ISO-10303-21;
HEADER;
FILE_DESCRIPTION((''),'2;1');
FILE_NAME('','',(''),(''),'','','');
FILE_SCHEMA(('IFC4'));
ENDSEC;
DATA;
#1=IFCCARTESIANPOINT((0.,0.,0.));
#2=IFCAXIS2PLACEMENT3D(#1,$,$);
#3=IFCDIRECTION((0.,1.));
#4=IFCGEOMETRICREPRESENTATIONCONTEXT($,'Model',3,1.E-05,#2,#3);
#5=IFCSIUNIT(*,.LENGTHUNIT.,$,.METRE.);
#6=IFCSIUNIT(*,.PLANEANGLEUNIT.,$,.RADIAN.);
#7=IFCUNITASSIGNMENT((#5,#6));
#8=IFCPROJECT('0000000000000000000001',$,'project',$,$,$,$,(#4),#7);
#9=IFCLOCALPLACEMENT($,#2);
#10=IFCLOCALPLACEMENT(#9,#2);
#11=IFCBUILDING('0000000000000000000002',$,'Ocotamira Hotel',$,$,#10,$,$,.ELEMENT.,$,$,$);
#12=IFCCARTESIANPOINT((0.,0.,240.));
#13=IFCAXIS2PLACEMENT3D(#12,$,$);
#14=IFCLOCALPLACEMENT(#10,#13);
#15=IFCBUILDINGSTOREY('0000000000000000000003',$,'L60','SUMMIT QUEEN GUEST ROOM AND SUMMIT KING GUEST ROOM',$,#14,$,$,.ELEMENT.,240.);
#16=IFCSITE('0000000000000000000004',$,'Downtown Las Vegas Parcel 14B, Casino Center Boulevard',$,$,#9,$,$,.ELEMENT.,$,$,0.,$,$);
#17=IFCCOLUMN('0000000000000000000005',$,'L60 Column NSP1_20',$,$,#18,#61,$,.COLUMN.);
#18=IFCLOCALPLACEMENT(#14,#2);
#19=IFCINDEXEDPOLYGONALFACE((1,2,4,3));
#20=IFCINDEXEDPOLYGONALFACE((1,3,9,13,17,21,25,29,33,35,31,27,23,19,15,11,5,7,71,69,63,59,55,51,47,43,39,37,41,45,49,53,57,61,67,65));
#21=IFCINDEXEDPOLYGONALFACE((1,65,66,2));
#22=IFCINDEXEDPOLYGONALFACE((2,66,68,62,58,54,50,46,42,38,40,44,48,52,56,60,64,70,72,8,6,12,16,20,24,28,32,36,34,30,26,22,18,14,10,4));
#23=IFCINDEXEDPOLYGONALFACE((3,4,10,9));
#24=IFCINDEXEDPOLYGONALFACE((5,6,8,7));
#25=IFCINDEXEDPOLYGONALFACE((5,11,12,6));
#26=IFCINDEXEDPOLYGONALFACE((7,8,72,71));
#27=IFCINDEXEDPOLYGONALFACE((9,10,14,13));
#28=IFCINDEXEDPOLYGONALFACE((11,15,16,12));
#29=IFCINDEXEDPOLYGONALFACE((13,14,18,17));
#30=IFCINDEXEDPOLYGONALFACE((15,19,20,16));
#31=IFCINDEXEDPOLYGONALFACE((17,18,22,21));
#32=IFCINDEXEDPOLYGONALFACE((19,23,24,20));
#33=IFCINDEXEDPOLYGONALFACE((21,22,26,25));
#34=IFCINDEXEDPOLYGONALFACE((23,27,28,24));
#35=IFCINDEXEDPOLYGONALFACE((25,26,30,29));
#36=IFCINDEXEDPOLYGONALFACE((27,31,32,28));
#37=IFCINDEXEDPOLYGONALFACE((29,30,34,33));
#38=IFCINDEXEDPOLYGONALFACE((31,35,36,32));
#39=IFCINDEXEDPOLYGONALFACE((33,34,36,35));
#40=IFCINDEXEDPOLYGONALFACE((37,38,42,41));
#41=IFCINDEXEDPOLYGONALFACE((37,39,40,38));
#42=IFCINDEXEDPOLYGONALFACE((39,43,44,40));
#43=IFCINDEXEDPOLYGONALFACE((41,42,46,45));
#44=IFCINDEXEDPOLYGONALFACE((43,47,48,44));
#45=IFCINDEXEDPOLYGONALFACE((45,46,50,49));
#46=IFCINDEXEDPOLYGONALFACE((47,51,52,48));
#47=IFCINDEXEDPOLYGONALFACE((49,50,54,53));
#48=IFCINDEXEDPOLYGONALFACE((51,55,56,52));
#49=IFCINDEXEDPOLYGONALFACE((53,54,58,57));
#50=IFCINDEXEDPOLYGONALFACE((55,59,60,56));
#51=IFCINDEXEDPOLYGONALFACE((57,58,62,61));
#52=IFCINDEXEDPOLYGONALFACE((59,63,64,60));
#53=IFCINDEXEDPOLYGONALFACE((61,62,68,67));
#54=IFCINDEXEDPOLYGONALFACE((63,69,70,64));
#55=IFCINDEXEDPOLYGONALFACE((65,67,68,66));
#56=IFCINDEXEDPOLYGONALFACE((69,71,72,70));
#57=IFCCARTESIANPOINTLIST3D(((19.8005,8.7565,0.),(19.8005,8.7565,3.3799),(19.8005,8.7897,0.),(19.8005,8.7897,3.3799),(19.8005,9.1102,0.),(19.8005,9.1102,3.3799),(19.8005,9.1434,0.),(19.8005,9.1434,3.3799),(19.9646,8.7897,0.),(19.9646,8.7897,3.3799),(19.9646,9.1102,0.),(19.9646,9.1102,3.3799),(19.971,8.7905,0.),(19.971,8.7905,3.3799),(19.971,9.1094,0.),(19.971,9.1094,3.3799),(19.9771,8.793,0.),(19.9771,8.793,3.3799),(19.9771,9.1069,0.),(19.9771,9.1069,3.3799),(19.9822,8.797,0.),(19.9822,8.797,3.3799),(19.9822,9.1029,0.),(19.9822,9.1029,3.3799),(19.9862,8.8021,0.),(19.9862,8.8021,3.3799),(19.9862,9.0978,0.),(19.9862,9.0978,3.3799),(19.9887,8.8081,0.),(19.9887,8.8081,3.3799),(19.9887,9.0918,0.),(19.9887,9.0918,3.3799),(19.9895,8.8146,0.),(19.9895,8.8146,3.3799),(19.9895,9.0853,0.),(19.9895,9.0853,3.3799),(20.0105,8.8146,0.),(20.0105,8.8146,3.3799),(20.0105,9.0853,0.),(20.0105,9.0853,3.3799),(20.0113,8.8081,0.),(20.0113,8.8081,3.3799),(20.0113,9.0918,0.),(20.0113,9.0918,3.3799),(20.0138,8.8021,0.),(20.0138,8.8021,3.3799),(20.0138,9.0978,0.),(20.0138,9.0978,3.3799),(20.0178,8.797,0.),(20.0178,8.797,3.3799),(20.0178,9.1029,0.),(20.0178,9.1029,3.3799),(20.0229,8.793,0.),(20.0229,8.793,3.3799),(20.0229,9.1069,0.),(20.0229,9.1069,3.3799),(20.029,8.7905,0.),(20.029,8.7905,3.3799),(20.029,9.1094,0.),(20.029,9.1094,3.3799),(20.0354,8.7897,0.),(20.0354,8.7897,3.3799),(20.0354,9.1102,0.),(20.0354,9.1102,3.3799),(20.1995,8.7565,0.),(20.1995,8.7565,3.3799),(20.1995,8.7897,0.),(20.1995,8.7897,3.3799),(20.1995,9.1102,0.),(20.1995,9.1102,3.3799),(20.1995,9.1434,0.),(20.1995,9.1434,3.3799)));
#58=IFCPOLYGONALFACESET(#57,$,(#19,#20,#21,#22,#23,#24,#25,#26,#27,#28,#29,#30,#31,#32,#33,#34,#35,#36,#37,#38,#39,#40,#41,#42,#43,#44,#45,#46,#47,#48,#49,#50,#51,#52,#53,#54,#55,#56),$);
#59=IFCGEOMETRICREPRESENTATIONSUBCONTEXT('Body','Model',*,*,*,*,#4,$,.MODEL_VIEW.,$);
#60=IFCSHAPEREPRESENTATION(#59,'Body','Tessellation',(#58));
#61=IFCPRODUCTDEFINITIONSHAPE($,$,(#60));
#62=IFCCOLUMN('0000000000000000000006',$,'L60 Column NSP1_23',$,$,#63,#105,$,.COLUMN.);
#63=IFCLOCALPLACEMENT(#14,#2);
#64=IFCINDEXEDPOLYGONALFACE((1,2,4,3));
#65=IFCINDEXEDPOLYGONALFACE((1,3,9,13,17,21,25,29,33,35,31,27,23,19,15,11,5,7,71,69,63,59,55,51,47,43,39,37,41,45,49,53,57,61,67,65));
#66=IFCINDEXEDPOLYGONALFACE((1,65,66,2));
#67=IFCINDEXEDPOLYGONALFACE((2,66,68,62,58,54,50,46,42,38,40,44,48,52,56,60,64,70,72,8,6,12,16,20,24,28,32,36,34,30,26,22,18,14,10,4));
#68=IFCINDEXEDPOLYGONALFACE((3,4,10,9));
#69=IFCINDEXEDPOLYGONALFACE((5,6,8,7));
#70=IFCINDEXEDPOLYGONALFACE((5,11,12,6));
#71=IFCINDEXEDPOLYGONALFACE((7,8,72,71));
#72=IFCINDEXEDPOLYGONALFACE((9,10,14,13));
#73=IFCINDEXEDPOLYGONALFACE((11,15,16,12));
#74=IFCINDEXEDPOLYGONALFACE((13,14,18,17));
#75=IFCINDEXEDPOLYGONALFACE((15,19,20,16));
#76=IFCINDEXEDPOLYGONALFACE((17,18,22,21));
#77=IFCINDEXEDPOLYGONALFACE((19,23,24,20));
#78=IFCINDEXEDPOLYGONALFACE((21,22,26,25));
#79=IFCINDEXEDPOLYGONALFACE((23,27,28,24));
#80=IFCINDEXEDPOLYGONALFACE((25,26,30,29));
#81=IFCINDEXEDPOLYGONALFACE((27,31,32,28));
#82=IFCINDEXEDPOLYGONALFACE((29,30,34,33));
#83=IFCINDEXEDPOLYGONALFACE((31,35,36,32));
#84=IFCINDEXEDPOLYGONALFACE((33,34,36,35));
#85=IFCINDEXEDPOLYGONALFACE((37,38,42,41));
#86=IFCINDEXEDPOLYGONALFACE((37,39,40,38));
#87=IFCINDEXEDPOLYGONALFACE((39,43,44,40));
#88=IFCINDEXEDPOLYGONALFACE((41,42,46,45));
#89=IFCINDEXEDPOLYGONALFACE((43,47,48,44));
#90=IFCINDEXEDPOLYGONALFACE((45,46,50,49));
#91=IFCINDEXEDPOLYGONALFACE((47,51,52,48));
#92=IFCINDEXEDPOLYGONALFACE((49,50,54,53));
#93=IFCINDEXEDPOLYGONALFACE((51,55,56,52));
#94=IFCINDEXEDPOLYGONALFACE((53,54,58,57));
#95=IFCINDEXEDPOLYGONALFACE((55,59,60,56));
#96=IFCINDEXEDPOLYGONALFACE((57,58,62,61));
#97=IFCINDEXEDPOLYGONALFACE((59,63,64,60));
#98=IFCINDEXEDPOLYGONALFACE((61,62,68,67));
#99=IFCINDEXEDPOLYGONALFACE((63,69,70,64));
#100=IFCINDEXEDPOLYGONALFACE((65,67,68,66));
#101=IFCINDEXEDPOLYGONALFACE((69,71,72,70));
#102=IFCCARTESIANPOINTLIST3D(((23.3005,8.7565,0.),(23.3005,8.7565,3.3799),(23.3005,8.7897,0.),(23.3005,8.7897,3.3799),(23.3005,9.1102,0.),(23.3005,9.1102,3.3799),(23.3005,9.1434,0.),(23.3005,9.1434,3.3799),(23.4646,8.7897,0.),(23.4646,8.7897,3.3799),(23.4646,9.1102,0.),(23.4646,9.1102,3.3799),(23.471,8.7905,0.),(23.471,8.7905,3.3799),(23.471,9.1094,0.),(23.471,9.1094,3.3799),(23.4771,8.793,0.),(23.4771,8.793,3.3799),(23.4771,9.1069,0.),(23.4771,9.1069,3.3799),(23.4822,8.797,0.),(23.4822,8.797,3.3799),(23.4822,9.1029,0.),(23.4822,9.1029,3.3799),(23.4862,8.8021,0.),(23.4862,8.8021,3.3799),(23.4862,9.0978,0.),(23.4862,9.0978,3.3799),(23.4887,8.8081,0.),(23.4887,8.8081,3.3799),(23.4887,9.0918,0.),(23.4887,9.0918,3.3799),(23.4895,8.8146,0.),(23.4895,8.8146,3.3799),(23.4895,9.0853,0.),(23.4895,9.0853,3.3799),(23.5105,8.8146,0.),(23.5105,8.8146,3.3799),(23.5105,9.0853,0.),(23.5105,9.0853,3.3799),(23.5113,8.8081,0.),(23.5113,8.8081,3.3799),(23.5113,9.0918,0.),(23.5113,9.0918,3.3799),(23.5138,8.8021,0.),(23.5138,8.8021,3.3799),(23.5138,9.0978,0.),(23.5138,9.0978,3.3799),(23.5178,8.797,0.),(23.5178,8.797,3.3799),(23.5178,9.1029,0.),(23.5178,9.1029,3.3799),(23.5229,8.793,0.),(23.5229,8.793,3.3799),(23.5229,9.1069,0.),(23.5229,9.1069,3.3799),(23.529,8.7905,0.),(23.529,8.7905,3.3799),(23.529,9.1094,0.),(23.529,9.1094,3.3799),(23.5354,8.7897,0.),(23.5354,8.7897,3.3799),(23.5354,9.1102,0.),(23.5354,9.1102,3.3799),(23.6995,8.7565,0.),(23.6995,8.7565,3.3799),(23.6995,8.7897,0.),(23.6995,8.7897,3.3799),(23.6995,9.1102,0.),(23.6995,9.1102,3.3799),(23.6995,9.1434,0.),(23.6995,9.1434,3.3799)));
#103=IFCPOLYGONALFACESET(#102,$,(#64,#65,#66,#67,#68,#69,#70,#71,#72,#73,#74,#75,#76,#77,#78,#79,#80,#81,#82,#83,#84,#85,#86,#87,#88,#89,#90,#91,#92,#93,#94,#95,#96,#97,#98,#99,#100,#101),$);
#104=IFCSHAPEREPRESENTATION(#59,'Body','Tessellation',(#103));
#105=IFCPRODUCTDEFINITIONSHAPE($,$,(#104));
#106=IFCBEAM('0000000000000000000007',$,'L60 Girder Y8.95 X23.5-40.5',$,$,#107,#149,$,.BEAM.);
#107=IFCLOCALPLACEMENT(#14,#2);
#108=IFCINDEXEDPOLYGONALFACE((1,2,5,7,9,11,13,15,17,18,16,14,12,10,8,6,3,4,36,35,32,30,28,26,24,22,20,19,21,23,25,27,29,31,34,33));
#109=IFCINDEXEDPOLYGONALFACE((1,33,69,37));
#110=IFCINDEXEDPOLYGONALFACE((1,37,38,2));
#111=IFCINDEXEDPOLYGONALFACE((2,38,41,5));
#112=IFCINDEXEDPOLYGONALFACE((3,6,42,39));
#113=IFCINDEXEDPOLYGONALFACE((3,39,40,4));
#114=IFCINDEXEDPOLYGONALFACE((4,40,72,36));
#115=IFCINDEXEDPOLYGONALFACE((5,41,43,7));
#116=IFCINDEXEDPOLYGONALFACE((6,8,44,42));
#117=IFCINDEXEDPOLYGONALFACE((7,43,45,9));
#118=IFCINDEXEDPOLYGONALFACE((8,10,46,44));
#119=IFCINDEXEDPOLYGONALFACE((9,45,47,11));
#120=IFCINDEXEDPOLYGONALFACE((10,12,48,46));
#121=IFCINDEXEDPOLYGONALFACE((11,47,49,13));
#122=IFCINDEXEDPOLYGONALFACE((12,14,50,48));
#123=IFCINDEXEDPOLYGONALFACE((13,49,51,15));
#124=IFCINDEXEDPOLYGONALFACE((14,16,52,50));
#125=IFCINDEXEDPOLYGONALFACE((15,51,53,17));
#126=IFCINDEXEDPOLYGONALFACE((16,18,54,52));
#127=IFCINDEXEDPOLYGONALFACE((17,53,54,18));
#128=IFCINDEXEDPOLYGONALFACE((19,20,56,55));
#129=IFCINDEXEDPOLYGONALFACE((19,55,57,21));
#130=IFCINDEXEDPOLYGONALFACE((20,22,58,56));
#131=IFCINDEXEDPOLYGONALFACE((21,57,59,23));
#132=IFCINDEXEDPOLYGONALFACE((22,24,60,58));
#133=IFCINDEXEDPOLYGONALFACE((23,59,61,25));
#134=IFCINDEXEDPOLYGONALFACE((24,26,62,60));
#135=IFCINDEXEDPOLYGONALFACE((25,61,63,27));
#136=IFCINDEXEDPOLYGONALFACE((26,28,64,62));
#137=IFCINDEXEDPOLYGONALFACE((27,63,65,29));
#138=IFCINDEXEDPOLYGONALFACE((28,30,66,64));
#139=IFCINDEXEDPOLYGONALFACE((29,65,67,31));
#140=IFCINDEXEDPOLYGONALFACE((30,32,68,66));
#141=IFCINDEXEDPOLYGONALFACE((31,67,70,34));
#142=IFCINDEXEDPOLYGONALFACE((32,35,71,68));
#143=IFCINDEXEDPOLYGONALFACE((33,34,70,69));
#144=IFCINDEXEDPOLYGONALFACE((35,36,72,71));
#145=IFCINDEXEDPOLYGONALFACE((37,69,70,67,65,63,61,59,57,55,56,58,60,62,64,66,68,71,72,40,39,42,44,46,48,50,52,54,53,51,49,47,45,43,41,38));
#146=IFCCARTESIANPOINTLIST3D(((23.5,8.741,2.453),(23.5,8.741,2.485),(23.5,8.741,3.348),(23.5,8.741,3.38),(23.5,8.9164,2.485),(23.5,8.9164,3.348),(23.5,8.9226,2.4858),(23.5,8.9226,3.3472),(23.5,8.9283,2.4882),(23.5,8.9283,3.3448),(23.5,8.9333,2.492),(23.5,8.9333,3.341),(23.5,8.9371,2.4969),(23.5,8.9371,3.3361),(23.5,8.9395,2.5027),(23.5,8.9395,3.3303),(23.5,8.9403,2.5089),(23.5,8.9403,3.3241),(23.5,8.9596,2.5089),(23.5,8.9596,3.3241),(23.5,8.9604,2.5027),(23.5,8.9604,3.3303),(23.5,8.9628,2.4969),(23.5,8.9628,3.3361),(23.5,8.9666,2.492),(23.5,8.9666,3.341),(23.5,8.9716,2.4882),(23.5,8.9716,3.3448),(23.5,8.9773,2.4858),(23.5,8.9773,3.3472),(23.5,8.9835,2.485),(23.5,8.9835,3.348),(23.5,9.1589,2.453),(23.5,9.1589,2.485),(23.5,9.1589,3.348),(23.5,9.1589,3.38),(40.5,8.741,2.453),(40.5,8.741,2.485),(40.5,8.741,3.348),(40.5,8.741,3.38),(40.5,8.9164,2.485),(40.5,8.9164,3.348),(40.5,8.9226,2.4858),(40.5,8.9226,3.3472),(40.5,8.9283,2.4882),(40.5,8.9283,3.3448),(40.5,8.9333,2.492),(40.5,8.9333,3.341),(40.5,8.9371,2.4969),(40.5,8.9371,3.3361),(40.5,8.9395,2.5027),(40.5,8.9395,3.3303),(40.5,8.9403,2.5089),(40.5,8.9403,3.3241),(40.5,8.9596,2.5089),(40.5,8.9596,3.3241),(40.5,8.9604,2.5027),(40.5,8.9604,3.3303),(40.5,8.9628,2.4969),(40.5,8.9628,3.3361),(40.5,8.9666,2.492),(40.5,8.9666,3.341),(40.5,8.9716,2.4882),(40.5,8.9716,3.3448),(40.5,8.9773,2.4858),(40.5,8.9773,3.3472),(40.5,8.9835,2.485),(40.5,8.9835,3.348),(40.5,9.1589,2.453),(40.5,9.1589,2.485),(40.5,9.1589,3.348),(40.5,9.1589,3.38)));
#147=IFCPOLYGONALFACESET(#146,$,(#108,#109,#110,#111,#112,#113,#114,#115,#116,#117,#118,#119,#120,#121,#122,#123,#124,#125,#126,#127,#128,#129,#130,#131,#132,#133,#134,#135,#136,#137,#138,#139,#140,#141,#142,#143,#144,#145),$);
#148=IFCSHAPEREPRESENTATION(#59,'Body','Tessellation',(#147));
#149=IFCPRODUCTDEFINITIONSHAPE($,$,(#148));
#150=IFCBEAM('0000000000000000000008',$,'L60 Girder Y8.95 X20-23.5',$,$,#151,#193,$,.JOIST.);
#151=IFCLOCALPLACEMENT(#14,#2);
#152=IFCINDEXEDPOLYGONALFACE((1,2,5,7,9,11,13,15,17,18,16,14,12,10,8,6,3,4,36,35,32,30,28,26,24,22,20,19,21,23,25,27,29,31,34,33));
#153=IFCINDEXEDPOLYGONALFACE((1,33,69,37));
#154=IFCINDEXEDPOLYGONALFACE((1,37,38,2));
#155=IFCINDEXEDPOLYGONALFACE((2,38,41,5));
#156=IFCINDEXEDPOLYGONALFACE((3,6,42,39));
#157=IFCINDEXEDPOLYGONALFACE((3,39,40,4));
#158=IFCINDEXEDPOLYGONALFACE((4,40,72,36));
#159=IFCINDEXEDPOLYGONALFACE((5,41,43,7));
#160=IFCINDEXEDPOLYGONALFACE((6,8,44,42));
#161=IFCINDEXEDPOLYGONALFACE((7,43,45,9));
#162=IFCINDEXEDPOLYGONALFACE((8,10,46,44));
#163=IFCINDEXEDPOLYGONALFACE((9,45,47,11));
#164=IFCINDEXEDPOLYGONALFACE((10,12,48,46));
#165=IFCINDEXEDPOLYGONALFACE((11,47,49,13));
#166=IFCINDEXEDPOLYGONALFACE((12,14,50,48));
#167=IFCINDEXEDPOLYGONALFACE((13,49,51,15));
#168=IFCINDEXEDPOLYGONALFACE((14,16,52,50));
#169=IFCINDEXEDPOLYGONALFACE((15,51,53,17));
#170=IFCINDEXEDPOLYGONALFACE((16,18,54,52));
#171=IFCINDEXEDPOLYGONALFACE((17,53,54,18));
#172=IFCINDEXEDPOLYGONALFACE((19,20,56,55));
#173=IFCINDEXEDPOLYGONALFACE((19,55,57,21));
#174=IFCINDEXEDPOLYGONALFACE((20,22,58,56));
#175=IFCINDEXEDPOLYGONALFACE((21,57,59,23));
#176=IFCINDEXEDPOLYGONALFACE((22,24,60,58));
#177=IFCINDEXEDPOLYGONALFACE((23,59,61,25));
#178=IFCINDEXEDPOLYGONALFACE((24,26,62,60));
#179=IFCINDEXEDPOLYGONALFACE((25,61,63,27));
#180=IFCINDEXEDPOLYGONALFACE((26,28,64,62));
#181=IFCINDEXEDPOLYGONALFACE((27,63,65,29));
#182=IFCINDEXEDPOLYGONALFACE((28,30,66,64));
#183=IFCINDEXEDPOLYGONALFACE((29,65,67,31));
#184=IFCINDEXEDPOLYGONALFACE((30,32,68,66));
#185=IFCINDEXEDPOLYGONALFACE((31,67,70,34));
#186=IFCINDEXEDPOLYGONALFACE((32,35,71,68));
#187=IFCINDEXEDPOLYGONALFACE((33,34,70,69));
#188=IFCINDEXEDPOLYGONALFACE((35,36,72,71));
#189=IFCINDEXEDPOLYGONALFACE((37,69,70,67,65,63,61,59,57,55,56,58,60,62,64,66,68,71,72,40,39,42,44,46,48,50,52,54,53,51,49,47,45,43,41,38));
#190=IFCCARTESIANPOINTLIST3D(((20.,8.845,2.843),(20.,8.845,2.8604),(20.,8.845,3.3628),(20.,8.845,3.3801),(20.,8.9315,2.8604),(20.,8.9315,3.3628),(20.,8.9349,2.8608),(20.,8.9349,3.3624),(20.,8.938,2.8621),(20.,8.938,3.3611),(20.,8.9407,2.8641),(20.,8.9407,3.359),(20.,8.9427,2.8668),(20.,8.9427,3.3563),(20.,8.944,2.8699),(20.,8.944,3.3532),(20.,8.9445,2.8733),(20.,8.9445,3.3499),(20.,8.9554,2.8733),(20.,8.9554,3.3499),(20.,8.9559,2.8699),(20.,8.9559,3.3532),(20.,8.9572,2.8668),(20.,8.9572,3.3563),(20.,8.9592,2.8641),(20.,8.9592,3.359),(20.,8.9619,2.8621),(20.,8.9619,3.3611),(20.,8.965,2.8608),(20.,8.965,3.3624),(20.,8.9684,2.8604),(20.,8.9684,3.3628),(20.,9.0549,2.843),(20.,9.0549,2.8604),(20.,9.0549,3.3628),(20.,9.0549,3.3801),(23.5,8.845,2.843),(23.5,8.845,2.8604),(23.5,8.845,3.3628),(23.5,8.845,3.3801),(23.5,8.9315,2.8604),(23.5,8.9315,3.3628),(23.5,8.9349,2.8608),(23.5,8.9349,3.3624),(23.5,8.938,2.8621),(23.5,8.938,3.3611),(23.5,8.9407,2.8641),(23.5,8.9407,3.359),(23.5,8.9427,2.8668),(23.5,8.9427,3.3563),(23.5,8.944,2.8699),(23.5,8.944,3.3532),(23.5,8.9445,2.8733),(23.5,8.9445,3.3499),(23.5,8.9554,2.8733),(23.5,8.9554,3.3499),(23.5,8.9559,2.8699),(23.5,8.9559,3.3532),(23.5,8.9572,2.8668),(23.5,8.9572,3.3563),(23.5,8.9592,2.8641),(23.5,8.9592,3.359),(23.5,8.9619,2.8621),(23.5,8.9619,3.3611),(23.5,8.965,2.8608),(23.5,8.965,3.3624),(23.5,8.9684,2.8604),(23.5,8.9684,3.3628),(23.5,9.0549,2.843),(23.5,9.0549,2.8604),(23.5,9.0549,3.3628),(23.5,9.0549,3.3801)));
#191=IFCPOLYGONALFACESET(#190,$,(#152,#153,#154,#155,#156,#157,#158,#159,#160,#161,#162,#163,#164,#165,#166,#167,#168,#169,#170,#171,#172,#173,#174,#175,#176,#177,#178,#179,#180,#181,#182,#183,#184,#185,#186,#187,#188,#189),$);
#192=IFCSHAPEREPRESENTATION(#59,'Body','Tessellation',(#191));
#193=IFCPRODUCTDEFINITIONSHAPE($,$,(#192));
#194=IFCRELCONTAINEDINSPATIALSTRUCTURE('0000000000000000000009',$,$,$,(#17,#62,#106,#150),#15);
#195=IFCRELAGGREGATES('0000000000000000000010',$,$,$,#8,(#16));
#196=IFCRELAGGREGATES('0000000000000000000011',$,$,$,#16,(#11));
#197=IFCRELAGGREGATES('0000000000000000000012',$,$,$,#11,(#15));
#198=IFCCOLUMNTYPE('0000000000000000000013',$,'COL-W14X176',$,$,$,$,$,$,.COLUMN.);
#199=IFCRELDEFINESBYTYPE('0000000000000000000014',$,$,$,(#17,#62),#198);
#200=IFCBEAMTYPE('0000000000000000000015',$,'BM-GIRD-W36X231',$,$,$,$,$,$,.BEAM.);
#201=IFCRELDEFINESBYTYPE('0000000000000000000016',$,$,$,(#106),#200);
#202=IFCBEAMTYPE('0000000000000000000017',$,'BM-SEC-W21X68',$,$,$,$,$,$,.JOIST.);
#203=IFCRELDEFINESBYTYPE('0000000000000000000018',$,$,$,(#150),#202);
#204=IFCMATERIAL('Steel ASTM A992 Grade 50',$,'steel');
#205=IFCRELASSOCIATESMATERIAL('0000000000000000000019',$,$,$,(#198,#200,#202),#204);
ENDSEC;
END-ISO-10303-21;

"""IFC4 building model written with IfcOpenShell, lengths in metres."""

from ifc_helpers import new_model, si_unit, direction, frame, origin, origin_2d, place, context, subcontext, project, spatial, i_section, extrude, source, transform, mapped, material, material_profile, profile_set, type_object, element, save


model = new_model("IFC4")

# Units and contexts
model_context = context("Model", 3, precision=1e-05, world=origin(), true_north=direction((0.0, 1.0)))
body_context = subcontext(model_context, "Body", "Model", "MODEL_VIEW")
ifc_project = project(units=[si_unit("LENGTHUNIT", "METRE"), si_unit("PLANEANGLEUNIT", "RADIAN")], contexts=[model_context])

# Site, building, storey
site_placement = place(None, origin())
site = spatial("IfcSite", under=ifc_project, at=site_placement, Name="Downtown Las Vegas Parcel 14B, Casino Center Boulevard", CompositionType="ELEMENT", RefElevation=0.0)
building_placement = place(site_placement, origin())
building = spatial("IfcBuilding", under=site, at=building_placement, Name="Ocotamira Hotel", CompositionType="ELEMENT")
storey_placement = place(building_placement, frame((0.0, 0.0, 240.0)))
storey = spatial("IfcBuildingStorey", under=building, at=storey_placement, Name="L60", Description="SUMMIT QUEEN GUEST ROOM AND SUMMIT KING GUEST ROOM", CompositionType="ELEMENT", Elevation=240.0)

# Columns
ifc_material_1 = material(Name="Steel ASTM A992 Grade 50", Category="steel")
ifc_material_profile_1 = material_profile(ifc_material_1, i_section(OverallWidth=0.3989, OverallDepth=0.387, WebThickness=0.021, FlangeThickness=0.0332, FilletRadius=0.0249, at=origin_2d()), Name="W14X176")
ifc_profile_set_1 = profile_set([ifc_material_profile_1], Name="Steel ASTM A992 Grade 50")
column_type = type_object("IfcColumnType", Name="COL-W14X176", PredefinedType="COLUMN", material=ifc_profile_set_1)
shared_shape_1 = source(origin(), body_context, "Body", "SweptSolid", [
    extrude(i_section(OverallWidth=0.3989, OverallDepth=0.387, WebThickness=0.021, FlangeThickness=0.0332, FilletRadius=0.0249, at=origin_2d()), origin(), (0.0, 0.0, 1.0), 3.3799),
])
for number, where, z_axis, x_axis, name in (
    (1, (20.0, 8.95, 0.0), (0.0, 0.0, 1.0), (1.0, 0.0, 0.0), "L60 Column NSP1_20"),
    (2, (23.5, 8.95, 0.0), (0.0, 0.0, 1.0), (1.0, 0.0, 0.0), "L60 Column NSP1_23"),
):
    element("IfcColumn", number, at=place(storey_placement, frame(where, z_axis=z_axis, x_axis=x_axis)), inside=storey, type_object=column_type, Name=name, PredefinedType="COLUMN", context=body_context, shape_type="MappedRepresentation", body=[
        mapped(shared_shape_1, transform((0.0, 0.0, 0.0), scale=1.0)),
    ])

# Beams
ifc_material_profile_2 = material_profile(ifc_material_1, i_section(OverallWidth=0.418, OverallDepth=0.927, WebThickness=0.0193, FlangeThickness=0.032, FilletRadius=0.0239, at=origin_2d()), Name="W36X231")
ifc_profile_set_2 = profile_set([ifc_material_profile_2], Name="Steel ASTM A992 Grade 50")
beam_type_1 = type_object("IfcBeamType", Name="BM-GIRD-W36X231", PredefinedType="BEAM", material=ifc_profile_set_2)
shared_shape_2 = source(origin(), body_context, "Body", "SweptSolid", [
    extrude(i_section(OverallWidth=0.418, OverallDepth=0.927, WebThickness=0.0193, FlangeThickness=0.032, FilletRadius=0.0239, at=origin_2d()), origin(), (0.0, 0.0, 1.0), 17.0),
])
beam_1_placement = place(storey_placement, frame((23.5, 8.95, 2.9165), z_axis=(1.0, 0.0, 0.0), x_axis=(0.0, 1.0, 0.0)))
element("IfcBeam", 3, at=beam_1_placement, inside=storey, type_object=beam_type_1, Name="L60 Girder Y8.95 X23.5-40.5", PredefinedType="BEAM", context=body_context, shape_type="MappedRepresentation", body=[
    mapped(shared_shape_2, transform((0.0, 0.0, 0.0), scale=1.0)),
])
ifc_material_profile_3 = material_profile(ifc_material_1, i_section(OverallWidth=0.21, OverallDepth=0.5371, WebThickness=0.011, FlangeThickness=0.0173, FilletRadius=0.0129, at=origin_2d()), Name="W21X68")
ifc_profile_set_3 = profile_set([ifc_material_profile_3], Name="Steel ASTM A992 Grade 50")
beam_type_2 = type_object("IfcBeamType", Name="BM-SEC-W21X68", PredefinedType="JOIST", material=ifc_profile_set_3)
shared_shape_3 = source(origin(), body_context, "Body", "SweptSolid", [
    extrude(i_section(OverallWidth=0.21, OverallDepth=0.5371, WebThickness=0.011, FlangeThickness=0.0173, FilletRadius=0.0129, at=origin_2d()), origin(), (0.0, 0.0, 1.0), 3.5),
])
beam_2_placement = place(storey_placement, frame((20.0, 8.95, 3.1116), z_axis=(1.0, 0.0, 0.0), x_axis=(0.0, 1.0, 0.0)))
element("IfcBeam", 4, at=beam_2_placement, inside=storey, type_object=beam_type_2, Name="L60 Girder Y8.95 X20-23.5", PredefinedType="JOIST", context=body_context, shape_type="MappedRepresentation", body=[
    mapped(shared_shape_3, transform((0.0, 0.0, 0.0), scale=1.0)),
])

save(model, "model.ifc")
